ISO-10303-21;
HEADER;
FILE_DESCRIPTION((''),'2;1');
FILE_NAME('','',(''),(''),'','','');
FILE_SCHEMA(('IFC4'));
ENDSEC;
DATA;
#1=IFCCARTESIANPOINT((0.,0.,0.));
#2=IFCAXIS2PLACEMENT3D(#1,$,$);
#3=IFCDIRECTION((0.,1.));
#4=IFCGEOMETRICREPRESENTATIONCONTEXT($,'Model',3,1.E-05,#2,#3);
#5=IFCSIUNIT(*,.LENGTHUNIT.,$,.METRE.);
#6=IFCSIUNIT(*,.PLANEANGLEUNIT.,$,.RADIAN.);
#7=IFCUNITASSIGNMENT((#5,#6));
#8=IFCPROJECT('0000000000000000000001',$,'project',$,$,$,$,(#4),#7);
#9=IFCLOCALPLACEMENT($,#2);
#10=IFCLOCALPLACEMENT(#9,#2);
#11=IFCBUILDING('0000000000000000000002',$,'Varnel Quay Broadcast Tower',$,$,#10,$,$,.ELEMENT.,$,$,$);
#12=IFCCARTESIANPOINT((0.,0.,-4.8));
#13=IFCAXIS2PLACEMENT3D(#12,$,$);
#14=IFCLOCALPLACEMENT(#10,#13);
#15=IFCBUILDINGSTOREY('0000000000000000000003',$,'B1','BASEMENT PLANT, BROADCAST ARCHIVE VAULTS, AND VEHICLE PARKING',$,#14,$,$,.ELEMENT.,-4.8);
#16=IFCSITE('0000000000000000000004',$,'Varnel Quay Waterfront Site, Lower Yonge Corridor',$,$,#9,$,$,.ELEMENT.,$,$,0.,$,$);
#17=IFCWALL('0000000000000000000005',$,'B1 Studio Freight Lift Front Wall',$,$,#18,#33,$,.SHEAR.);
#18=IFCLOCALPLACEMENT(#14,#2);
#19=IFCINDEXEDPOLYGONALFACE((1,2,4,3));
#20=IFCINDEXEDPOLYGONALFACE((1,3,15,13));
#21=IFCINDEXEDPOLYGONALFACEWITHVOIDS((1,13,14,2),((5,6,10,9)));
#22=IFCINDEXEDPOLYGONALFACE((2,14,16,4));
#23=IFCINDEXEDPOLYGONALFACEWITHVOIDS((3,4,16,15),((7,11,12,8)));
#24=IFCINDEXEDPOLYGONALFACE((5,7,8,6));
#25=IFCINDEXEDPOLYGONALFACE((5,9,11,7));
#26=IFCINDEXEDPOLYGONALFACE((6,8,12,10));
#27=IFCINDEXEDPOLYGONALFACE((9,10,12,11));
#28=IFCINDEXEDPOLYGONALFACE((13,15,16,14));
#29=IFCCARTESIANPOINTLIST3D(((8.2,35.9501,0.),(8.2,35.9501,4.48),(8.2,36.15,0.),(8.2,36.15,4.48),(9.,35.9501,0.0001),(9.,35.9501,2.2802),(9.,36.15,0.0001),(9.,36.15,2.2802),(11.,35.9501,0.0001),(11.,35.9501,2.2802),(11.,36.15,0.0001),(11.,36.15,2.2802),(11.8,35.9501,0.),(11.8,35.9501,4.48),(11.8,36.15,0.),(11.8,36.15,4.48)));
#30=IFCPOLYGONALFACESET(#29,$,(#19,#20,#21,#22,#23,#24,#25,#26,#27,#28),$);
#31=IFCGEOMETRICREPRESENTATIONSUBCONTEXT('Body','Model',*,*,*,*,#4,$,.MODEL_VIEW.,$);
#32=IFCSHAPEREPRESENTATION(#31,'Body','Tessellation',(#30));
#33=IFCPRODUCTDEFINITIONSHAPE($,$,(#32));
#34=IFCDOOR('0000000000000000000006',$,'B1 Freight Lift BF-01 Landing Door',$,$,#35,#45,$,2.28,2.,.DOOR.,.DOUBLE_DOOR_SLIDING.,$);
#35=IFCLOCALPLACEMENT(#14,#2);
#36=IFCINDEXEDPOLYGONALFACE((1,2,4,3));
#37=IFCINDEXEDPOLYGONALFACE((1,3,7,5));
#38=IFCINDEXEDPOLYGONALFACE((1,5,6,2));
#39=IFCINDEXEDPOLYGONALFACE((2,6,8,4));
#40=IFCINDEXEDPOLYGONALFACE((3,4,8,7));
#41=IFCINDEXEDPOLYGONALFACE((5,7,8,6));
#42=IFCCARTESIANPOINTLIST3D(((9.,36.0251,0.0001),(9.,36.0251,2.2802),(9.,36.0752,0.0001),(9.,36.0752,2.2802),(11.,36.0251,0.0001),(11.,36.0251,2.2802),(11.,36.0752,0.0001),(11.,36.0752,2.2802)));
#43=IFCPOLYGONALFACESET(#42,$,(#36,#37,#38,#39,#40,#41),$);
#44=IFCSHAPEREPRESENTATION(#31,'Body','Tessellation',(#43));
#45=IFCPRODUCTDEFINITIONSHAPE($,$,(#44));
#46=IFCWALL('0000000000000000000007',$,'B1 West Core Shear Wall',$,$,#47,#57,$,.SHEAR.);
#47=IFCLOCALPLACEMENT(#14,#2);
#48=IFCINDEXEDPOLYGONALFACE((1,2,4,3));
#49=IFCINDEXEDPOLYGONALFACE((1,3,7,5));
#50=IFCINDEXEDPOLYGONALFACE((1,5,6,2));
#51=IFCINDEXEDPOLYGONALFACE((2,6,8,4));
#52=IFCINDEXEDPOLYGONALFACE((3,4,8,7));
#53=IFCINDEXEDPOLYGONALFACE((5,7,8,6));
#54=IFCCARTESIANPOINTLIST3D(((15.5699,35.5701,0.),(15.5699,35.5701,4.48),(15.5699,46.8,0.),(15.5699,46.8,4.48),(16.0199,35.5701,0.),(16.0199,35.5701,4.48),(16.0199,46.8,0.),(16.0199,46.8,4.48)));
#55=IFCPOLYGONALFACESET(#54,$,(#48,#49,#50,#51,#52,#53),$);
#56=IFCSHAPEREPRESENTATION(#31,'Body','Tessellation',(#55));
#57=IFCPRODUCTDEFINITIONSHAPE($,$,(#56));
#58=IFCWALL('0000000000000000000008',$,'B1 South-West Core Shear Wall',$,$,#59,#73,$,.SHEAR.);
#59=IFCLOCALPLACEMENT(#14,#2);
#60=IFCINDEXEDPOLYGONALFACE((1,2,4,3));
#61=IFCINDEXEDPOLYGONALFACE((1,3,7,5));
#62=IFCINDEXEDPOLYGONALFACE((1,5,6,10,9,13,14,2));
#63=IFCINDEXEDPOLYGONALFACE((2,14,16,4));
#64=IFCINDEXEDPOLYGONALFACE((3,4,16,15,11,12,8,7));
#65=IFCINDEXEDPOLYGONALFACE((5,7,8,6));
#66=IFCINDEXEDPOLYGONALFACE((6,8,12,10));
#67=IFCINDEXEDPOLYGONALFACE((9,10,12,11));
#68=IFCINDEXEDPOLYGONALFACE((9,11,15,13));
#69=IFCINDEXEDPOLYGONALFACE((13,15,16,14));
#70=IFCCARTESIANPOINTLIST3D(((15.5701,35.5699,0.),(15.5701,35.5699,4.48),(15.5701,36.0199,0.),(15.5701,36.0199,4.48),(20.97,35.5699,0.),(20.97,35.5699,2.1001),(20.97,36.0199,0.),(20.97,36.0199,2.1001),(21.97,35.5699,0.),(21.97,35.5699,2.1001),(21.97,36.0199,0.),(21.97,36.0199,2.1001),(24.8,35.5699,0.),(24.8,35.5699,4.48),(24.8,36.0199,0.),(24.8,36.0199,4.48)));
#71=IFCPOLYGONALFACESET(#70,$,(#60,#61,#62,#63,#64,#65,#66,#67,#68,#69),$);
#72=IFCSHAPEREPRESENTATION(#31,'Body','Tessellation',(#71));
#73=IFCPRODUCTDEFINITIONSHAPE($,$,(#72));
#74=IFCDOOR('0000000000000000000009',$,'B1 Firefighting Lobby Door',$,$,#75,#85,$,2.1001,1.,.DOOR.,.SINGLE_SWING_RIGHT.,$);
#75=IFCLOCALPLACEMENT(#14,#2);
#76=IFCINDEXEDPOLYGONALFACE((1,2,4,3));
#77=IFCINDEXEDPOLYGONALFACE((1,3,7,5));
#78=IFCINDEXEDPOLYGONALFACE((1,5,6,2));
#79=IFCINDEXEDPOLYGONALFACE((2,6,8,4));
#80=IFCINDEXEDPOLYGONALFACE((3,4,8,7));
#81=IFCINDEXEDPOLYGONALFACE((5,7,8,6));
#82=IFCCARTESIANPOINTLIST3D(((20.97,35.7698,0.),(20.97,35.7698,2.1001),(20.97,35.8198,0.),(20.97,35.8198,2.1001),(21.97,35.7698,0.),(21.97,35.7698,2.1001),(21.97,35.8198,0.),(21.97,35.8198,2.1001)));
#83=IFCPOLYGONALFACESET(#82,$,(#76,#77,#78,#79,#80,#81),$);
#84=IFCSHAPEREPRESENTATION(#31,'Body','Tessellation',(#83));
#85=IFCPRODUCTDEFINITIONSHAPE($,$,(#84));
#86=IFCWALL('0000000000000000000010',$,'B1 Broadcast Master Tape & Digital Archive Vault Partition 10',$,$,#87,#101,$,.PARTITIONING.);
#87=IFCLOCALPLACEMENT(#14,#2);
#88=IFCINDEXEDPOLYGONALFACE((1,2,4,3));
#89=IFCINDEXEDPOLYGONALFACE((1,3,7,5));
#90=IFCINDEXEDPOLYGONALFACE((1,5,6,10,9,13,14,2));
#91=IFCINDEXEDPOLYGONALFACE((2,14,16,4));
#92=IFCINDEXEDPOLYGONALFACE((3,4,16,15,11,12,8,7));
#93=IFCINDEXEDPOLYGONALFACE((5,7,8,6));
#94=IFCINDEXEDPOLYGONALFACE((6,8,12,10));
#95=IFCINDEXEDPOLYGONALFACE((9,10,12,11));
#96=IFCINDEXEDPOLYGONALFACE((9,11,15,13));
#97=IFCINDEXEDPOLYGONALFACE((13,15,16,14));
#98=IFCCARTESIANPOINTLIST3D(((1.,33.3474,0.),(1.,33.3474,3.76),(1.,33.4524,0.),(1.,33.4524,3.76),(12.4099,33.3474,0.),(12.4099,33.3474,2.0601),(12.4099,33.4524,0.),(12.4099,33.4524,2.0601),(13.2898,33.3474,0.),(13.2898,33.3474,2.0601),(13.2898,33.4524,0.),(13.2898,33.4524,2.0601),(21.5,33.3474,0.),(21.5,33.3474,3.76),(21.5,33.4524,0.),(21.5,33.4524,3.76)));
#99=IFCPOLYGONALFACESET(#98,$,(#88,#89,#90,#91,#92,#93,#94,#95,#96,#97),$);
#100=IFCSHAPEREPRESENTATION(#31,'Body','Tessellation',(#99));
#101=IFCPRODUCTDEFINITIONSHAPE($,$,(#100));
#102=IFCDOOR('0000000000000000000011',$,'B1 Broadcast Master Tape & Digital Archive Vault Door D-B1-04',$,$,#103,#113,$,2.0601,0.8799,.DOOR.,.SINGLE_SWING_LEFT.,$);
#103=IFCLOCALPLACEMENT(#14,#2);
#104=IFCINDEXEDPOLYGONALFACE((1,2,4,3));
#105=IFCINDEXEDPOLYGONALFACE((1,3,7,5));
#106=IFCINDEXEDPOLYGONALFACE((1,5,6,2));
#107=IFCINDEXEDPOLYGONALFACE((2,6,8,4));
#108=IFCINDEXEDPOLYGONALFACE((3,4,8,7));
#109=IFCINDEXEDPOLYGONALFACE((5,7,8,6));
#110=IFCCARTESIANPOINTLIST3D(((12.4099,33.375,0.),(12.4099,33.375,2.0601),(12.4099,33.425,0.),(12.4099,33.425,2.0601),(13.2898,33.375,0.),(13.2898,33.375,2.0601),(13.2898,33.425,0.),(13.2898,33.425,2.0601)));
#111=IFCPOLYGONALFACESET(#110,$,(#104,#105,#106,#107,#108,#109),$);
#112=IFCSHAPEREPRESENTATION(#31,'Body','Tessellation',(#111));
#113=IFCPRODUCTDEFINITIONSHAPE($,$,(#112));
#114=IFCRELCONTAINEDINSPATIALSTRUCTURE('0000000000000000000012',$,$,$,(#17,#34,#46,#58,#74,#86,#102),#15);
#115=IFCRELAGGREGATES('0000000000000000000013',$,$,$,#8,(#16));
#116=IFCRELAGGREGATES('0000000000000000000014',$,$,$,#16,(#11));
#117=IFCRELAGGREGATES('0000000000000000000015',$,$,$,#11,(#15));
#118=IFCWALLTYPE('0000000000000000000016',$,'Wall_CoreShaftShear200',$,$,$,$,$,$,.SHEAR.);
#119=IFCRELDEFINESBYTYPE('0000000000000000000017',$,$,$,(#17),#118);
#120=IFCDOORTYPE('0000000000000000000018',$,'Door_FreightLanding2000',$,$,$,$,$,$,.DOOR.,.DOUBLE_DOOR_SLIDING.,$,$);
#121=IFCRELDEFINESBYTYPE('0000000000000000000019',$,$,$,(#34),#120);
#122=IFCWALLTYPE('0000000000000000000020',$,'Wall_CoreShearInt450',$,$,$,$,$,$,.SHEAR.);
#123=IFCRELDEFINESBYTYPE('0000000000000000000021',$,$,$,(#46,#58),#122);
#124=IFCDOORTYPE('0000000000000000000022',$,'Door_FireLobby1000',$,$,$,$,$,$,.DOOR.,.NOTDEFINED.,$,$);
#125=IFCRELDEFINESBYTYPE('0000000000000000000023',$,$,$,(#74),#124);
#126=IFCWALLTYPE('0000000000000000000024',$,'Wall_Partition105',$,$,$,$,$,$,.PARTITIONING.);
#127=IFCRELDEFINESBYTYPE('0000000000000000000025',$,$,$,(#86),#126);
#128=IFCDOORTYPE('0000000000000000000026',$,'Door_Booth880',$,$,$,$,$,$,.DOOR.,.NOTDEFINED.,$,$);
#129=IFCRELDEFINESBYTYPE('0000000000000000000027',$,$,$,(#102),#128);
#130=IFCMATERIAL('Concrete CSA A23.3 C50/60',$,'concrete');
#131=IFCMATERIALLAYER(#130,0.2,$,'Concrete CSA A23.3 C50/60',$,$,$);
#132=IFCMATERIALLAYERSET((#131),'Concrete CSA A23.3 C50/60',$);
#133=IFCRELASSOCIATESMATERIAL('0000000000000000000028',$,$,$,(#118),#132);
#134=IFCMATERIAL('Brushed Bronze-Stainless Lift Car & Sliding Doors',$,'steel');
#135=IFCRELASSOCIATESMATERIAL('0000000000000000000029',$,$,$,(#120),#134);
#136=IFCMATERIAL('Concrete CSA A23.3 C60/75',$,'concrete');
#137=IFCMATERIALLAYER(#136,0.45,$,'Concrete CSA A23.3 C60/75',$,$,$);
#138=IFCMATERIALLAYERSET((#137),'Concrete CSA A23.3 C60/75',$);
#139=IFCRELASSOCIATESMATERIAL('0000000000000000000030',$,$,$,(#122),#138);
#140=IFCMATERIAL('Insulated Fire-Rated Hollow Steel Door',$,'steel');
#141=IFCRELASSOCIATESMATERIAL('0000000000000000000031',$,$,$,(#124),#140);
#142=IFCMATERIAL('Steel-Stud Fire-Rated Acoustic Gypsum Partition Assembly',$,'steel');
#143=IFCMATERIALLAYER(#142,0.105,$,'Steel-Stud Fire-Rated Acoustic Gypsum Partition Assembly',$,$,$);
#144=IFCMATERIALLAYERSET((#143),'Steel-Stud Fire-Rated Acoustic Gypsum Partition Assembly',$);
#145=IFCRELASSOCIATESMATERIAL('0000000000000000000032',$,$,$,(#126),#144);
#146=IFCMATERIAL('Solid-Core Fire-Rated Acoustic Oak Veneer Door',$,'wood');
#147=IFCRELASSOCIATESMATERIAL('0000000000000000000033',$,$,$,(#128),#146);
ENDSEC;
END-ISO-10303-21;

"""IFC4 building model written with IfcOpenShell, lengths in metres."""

from ifc_helpers import new_model, si_unit, direction, frame, frame_2d, origin, place, context, subcontext, project, spatial, rectangle, extrude, source, transform, mapped, material, layer, layer_set, type_object, type_shapes, element, fill, save


model = new_model("IFC4")

# Units and contexts
model_context = context("Model", 3, precision=1e-05, world=origin(), true_north=direction((0.0, 1.0)))
body_context = subcontext(model_context, "Body", "Model", "MODEL_VIEW")
ifc_project = project(units=[si_unit("LENGTHUNIT", "METRE"), si_unit("PLANEANGLEUNIT", "RADIAN")], contexts=[model_context])

# Site, building, storey
site_placement = place(None, origin())
site = spatial("IfcSite", under=ifc_project, at=site_placement, Name="Varnel Quay Waterfront Site, Lower Yonge Corridor", CompositionType="ELEMENT", RefElevation=0.0)
building_placement = place(site_placement, origin())
building = spatial("IfcBuilding", under=site, at=building_placement, Name="Varnel Quay Broadcast Tower", CompositionType="ELEMENT")
storey_placement = place(building_placement, frame((0.0, 0.0, -4.8)))
storey = spatial("IfcBuildingStorey", under=building, at=storey_placement, Name="B1", Description="BASEMENT PLANT, BROADCAST ARCHIVE VAULTS, AND VEHICLE PARKING", CompositionType="ELEMENT", Elevation=-4.8)

# Shared definitions
ifc_material_1 = material(Name="Concrete CSA A23.3 C50/60", Category="concrete")

# Shared definitions
ifc_layer_1 = layer(ifc_material_1, 0.2, Name="Concrete CSA A23.3 C50/60")
ifc_layer_set_1 = layer_set([ifc_layer_1], Name="Concrete CSA A23.3 C50/60")
wall_type_1 = type_object("IfcWallType", Name="Wall_CoreShaftShear200", PredefinedType="SHEAR", material=ifc_layer_set_1)
ifc_material_2 = material(Name="Insulated Fire-Rated Hollow Steel Door", Category="steel")

# Wall, opening, door
wall_1_placement = place(storey_placement, frame((8.2, 36.05, 0.0), z_axis=(0.0, 0.0, 1.0), x_axis=(1.0, 0.0, 0.0)))
wall_1 = element("IfcWall", 1, at=wall_1_placement, inside=storey, type_object=wall_type_1, Name="B1 Studio Freight Lift Front Wall", PredefinedType="SHEAR", context=body_context, shape_type="SweptSolid", body=[
    extrude(rectangle(XDim=3.6001, YDim=0.2, at=frame_2d((1.8, 0.0))), origin(), (0.0, 0.0, 1.0), 4.48),
])
opening_1_placement = place(wall_1_placement, frame((0.8, 0.0, 0.0)))
opening_1 = element("IfcOpeningElement", 2, at=opening_1_placement, cuts=wall_1, PredefinedType="OPENING", context=body_context, shape_type="SweptSolid", body=[
    extrude(rectangle(XDim=2.0, YDim=2.28, at=frame_2d((1.0, 1.1401))), frame((0.0, 0.1099, 0.0), z_axis=(0.0, -1.0, 0.0), x_axis=(1.0, 0.0, 0.0)), (0.0, 0.0, 1.0), 0.22),
])
ifc_material_3 = material(Name="Brushed Bronze-Stainless Lift Car & Sliding Doors", Category="steel")
door_type_1 = type_object("IfcDoorType", Name="Door_FreightLanding2000", OperationType="DOUBLE_DOOR_SLIDING", PredefinedType="DOOR", material=ifc_material_3)
shared_shape_1 = source(origin(), body_context, "Body", "SweptSolid", [
    extrude(rectangle(XDim=2.0, YDim=2.28, at=frame_2d((1.0, 1.1401))), frame((0.0, 0.0249, 0.0), z_axis=(0.0, -1.0, 0.0), x_axis=(1.0, 0.0, 0.0)), (0.0, 0.0, 1.0), 0.05),
])
type_shapes(door_type_1, [shared_shape_1])
door_1_placement = place(opening_1_placement, frame((2.0, 0.0, 0.0), z_axis=(0.0, 0.0, 1.0), x_axis=(-1.0, 0.0, 0.0)))
door_1 = element("IfcDoor", 3, at=door_1_placement, inside=storey, type_object=door_type_1, Name="B1 Freight Lift BF-01 Landing Door", OperationType="DOUBLE_DOOR_SLIDING", OverallHeight=2.28, OverallWidth=2.0, PredefinedType="DOOR", context=body_context, shape_type="MappedRepresentation", body=[
    mapped(shared_shape_1, transform((0.0, 0.0, 0.0), x_axis=(1.0, 0.0, 0.0), y_axis=(0.0, 1.0, 0.0), z_axis=(0.0, 0.0, 1.0), scale=1.0)),
])
fill(opening_1, door_1)

# Wall
ifc_material_4 = material(Name="Concrete CSA A23.3 C60/75", Category="concrete")
ifc_layer_2 = layer(ifc_material_4, 0.45, Name="Concrete CSA A23.3 C60/75")
ifc_layer_set_2 = layer_set([ifc_layer_2], Name="Concrete CSA A23.3 C60/75")
wall_type_2 = type_object("IfcWallType", Name="Wall_CoreShearInt450", PredefinedType="SHEAR", material=ifc_layer_set_2)
wall_2_placement = place(storey_placement, frame((15.7949, 35.5701, 0.0), z_axis=(0.0, 0.0, 1.0), x_axis=(0.0, 1.0, 0.0)))
element("IfcWall", 4, at=wall_2_placement, inside=storey, type_object=wall_type_2, Name="B1 West Core Shear Wall", PredefinedType="SHEAR", context=body_context, shape_type="SweptSolid", body=[
    extrude(rectangle(XDim=11.23, YDim=0.45, at=frame_2d((5.615, 0.0))), origin(), (0.0, 0.0, 1.0), 4.48),
])

# Walls, openings, doors
wall_3_placement = place(storey_placement, frame((15.5701, 35.7949, 0.0), z_axis=(0.0, 0.0, 1.0), x_axis=(1.0, 0.0, 0.0)))
wall_3 = element("IfcWall", 5, at=wall_3_placement, inside=storey, type_object=wall_type_2, Name="B1 South-West Core Shear Wall", PredefinedType="SHEAR", context=body_context, shape_type="SweptSolid", body=[
    extrude(rectangle(XDim=9.23, YDim=0.45, at=frame_2d((4.615, 0.0))), origin(), (0.0, 0.0, 1.0), 4.48),
])
opening_2_placement = place(wall_3_placement, frame((5.3999, 0.0, 0.0)))
opening_2 = element("IfcOpeningElement", 6, at=opening_2_placement, cuts=wall_3, PredefinedType="OPENING", context=body_context, shape_type="SweptSolid", body=[
    extrude(rectangle(XDim=1.0, YDim=2.1001, at=frame_2d((0.5, 1.05))), frame((0.0, 0.2349, 0.0), z_axis=(0.0, -1.0, 0.0), x_axis=(1.0, 0.0, 0.0)), (0.0, 0.0, 1.0), 0.47),
])
door_type_2 = type_object("IfcDoorType", Name="Door_FireLobby1000", OperationType="NOTDEFINED", PredefinedType="DOOR", material=ifc_material_2)
shared_shape_2 = source(origin(), body_context, "Body", "SweptSolid", [
    extrude(rectangle(XDim=1.0, YDim=2.1001, at=frame_2d((0.5, 1.05))), frame((0.0, 0.0249, 0.0), z_axis=(0.0, -1.0, 0.0), x_axis=(1.0, 0.0, 0.0)), (0.0, 0.0, 1.0), 0.05),
])
type_shapes(door_type_2, [shared_shape_2])
door_2_placement = place(opening_2_placement, origin())
door_2 = element("IfcDoor", 7, at=door_2_placement, inside=storey, type_object=door_type_2, Name="B1 Firefighting Lobby Door", OperationType="SINGLE_SWING_RIGHT", OverallHeight=2.1001, OverallWidth=1.0, PredefinedType="DOOR", context=body_context, shape_type="MappedRepresentation", body=[
    mapped(shared_shape_2, transform((0.0, 0.0, 0.0), x_axis=(1.0, 0.0, 0.0), y_axis=(0.0, 1.0, 0.0), z_axis=(0.0, 0.0, 1.0), scale=1.0)),
])
fill(opening_2, door_2)
ifc_material_5 = material(Name="Steel-Stud Fire-Rated Acoustic Gypsum Partition Assembly", Category="steel")
ifc_layer_3 = layer(ifc_material_5, 0.105, Name="Steel-Stud Fire-Rated Acoustic Gypsum Partition Assembly")
ifc_layer_set_3 = layer_set([ifc_layer_3], Name="Steel-Stud Fire-Rated Acoustic Gypsum Partition Assembly")
wall_type_3 = type_object("IfcWallType", Name="Wall_Partition105", PredefinedType="PARTITIONING", material=ifc_layer_set_3)
wall_4_placement = place(storey_placement, frame((1.0, 33.3999, 0.0), z_axis=(0.0, 0.0, 1.0), x_axis=(1.0, 0.0, 0.0)))
wall_4 = element("IfcWall", 8, at=wall_4_placement, inside=storey, type_object=wall_type_3, Name="B1 Broadcast Master Tape & Digital Archive Vault Partition 10", PredefinedType="PARTITIONING", context=body_context, shape_type="SweptSolid", body=[
    extrude(rectangle(XDim=20.5, YDim=0.105, at=frame_2d((10.25, 0.0))), origin(), (0.0, 0.0, 1.0), 3.76),
])
opening_3_placement = place(wall_4_placement, frame((11.4099, 0.0, 0.0)))
opening_3 = element("IfcOpeningElement", 9, at=opening_3_placement, cuts=wall_4, PredefinedType="OPENING", context=body_context, shape_type="SweptSolid", body=[
    extrude(rectangle(XDim=0.8799, YDim=2.0601, at=frame_2d((0.4399, 1.03))), frame((0.0, 0.0625, 0.0), z_axis=(0.0, -1.0, 0.0), x_axis=(1.0, 0.0, 0.0)), (0.0, 0.0, 1.0), 0.125),
])
ifc_material_6 = material(Name="Solid-Core Fire-Rated Acoustic Oak Veneer Door", Category="wood")
door_type_3 = type_object("IfcDoorType", Name="Door_Booth880", OperationType="NOTDEFINED", PredefinedType="DOOR", material=ifc_material_6)
shared_shape_3 = source(origin(), body_context, "Body", "SweptSolid", [
    extrude(rectangle(XDim=0.8799, YDim=2.0601, at=frame_2d((0.4399, 1.03))), frame((0.0, 0.0249, 0.0), z_axis=(0.0, -1.0, 0.0), x_axis=(1.0, 0.0, 0.0)), (0.0, 0.0, 1.0), 0.05),
])
type_shapes(door_type_3, [shared_shape_3])
door_3_placement = place(opening_3_placement, frame((0.8799, 0.0, 0.0), z_axis=(0.0, 0.0, 1.0), x_axis=(-1.0, 0.0, 0.0)))
door_3 = element("IfcDoor", 10, at=door_3_placement, inside=storey, type_object=door_type_3, Name="B1 Broadcast Master Tape & Digital Archive Vault Door D-B1-04", OperationType="SINGLE_SWING_LEFT", OverallHeight=2.0601, OverallWidth=0.8799, PredefinedType="DOOR", context=body_context, shape_type="MappedRepresentation", body=[
    mapped(shared_shape_3, transform((0.0, 0.0, 0.0), x_axis=(1.0, 0.0, 0.0), y_axis=(0.0, 1.0, 0.0), z_axis=(0.0, 0.0, 1.0), scale=1.0)),
])
fill(opening_3, door_3)

save(model, "model.ifc")
